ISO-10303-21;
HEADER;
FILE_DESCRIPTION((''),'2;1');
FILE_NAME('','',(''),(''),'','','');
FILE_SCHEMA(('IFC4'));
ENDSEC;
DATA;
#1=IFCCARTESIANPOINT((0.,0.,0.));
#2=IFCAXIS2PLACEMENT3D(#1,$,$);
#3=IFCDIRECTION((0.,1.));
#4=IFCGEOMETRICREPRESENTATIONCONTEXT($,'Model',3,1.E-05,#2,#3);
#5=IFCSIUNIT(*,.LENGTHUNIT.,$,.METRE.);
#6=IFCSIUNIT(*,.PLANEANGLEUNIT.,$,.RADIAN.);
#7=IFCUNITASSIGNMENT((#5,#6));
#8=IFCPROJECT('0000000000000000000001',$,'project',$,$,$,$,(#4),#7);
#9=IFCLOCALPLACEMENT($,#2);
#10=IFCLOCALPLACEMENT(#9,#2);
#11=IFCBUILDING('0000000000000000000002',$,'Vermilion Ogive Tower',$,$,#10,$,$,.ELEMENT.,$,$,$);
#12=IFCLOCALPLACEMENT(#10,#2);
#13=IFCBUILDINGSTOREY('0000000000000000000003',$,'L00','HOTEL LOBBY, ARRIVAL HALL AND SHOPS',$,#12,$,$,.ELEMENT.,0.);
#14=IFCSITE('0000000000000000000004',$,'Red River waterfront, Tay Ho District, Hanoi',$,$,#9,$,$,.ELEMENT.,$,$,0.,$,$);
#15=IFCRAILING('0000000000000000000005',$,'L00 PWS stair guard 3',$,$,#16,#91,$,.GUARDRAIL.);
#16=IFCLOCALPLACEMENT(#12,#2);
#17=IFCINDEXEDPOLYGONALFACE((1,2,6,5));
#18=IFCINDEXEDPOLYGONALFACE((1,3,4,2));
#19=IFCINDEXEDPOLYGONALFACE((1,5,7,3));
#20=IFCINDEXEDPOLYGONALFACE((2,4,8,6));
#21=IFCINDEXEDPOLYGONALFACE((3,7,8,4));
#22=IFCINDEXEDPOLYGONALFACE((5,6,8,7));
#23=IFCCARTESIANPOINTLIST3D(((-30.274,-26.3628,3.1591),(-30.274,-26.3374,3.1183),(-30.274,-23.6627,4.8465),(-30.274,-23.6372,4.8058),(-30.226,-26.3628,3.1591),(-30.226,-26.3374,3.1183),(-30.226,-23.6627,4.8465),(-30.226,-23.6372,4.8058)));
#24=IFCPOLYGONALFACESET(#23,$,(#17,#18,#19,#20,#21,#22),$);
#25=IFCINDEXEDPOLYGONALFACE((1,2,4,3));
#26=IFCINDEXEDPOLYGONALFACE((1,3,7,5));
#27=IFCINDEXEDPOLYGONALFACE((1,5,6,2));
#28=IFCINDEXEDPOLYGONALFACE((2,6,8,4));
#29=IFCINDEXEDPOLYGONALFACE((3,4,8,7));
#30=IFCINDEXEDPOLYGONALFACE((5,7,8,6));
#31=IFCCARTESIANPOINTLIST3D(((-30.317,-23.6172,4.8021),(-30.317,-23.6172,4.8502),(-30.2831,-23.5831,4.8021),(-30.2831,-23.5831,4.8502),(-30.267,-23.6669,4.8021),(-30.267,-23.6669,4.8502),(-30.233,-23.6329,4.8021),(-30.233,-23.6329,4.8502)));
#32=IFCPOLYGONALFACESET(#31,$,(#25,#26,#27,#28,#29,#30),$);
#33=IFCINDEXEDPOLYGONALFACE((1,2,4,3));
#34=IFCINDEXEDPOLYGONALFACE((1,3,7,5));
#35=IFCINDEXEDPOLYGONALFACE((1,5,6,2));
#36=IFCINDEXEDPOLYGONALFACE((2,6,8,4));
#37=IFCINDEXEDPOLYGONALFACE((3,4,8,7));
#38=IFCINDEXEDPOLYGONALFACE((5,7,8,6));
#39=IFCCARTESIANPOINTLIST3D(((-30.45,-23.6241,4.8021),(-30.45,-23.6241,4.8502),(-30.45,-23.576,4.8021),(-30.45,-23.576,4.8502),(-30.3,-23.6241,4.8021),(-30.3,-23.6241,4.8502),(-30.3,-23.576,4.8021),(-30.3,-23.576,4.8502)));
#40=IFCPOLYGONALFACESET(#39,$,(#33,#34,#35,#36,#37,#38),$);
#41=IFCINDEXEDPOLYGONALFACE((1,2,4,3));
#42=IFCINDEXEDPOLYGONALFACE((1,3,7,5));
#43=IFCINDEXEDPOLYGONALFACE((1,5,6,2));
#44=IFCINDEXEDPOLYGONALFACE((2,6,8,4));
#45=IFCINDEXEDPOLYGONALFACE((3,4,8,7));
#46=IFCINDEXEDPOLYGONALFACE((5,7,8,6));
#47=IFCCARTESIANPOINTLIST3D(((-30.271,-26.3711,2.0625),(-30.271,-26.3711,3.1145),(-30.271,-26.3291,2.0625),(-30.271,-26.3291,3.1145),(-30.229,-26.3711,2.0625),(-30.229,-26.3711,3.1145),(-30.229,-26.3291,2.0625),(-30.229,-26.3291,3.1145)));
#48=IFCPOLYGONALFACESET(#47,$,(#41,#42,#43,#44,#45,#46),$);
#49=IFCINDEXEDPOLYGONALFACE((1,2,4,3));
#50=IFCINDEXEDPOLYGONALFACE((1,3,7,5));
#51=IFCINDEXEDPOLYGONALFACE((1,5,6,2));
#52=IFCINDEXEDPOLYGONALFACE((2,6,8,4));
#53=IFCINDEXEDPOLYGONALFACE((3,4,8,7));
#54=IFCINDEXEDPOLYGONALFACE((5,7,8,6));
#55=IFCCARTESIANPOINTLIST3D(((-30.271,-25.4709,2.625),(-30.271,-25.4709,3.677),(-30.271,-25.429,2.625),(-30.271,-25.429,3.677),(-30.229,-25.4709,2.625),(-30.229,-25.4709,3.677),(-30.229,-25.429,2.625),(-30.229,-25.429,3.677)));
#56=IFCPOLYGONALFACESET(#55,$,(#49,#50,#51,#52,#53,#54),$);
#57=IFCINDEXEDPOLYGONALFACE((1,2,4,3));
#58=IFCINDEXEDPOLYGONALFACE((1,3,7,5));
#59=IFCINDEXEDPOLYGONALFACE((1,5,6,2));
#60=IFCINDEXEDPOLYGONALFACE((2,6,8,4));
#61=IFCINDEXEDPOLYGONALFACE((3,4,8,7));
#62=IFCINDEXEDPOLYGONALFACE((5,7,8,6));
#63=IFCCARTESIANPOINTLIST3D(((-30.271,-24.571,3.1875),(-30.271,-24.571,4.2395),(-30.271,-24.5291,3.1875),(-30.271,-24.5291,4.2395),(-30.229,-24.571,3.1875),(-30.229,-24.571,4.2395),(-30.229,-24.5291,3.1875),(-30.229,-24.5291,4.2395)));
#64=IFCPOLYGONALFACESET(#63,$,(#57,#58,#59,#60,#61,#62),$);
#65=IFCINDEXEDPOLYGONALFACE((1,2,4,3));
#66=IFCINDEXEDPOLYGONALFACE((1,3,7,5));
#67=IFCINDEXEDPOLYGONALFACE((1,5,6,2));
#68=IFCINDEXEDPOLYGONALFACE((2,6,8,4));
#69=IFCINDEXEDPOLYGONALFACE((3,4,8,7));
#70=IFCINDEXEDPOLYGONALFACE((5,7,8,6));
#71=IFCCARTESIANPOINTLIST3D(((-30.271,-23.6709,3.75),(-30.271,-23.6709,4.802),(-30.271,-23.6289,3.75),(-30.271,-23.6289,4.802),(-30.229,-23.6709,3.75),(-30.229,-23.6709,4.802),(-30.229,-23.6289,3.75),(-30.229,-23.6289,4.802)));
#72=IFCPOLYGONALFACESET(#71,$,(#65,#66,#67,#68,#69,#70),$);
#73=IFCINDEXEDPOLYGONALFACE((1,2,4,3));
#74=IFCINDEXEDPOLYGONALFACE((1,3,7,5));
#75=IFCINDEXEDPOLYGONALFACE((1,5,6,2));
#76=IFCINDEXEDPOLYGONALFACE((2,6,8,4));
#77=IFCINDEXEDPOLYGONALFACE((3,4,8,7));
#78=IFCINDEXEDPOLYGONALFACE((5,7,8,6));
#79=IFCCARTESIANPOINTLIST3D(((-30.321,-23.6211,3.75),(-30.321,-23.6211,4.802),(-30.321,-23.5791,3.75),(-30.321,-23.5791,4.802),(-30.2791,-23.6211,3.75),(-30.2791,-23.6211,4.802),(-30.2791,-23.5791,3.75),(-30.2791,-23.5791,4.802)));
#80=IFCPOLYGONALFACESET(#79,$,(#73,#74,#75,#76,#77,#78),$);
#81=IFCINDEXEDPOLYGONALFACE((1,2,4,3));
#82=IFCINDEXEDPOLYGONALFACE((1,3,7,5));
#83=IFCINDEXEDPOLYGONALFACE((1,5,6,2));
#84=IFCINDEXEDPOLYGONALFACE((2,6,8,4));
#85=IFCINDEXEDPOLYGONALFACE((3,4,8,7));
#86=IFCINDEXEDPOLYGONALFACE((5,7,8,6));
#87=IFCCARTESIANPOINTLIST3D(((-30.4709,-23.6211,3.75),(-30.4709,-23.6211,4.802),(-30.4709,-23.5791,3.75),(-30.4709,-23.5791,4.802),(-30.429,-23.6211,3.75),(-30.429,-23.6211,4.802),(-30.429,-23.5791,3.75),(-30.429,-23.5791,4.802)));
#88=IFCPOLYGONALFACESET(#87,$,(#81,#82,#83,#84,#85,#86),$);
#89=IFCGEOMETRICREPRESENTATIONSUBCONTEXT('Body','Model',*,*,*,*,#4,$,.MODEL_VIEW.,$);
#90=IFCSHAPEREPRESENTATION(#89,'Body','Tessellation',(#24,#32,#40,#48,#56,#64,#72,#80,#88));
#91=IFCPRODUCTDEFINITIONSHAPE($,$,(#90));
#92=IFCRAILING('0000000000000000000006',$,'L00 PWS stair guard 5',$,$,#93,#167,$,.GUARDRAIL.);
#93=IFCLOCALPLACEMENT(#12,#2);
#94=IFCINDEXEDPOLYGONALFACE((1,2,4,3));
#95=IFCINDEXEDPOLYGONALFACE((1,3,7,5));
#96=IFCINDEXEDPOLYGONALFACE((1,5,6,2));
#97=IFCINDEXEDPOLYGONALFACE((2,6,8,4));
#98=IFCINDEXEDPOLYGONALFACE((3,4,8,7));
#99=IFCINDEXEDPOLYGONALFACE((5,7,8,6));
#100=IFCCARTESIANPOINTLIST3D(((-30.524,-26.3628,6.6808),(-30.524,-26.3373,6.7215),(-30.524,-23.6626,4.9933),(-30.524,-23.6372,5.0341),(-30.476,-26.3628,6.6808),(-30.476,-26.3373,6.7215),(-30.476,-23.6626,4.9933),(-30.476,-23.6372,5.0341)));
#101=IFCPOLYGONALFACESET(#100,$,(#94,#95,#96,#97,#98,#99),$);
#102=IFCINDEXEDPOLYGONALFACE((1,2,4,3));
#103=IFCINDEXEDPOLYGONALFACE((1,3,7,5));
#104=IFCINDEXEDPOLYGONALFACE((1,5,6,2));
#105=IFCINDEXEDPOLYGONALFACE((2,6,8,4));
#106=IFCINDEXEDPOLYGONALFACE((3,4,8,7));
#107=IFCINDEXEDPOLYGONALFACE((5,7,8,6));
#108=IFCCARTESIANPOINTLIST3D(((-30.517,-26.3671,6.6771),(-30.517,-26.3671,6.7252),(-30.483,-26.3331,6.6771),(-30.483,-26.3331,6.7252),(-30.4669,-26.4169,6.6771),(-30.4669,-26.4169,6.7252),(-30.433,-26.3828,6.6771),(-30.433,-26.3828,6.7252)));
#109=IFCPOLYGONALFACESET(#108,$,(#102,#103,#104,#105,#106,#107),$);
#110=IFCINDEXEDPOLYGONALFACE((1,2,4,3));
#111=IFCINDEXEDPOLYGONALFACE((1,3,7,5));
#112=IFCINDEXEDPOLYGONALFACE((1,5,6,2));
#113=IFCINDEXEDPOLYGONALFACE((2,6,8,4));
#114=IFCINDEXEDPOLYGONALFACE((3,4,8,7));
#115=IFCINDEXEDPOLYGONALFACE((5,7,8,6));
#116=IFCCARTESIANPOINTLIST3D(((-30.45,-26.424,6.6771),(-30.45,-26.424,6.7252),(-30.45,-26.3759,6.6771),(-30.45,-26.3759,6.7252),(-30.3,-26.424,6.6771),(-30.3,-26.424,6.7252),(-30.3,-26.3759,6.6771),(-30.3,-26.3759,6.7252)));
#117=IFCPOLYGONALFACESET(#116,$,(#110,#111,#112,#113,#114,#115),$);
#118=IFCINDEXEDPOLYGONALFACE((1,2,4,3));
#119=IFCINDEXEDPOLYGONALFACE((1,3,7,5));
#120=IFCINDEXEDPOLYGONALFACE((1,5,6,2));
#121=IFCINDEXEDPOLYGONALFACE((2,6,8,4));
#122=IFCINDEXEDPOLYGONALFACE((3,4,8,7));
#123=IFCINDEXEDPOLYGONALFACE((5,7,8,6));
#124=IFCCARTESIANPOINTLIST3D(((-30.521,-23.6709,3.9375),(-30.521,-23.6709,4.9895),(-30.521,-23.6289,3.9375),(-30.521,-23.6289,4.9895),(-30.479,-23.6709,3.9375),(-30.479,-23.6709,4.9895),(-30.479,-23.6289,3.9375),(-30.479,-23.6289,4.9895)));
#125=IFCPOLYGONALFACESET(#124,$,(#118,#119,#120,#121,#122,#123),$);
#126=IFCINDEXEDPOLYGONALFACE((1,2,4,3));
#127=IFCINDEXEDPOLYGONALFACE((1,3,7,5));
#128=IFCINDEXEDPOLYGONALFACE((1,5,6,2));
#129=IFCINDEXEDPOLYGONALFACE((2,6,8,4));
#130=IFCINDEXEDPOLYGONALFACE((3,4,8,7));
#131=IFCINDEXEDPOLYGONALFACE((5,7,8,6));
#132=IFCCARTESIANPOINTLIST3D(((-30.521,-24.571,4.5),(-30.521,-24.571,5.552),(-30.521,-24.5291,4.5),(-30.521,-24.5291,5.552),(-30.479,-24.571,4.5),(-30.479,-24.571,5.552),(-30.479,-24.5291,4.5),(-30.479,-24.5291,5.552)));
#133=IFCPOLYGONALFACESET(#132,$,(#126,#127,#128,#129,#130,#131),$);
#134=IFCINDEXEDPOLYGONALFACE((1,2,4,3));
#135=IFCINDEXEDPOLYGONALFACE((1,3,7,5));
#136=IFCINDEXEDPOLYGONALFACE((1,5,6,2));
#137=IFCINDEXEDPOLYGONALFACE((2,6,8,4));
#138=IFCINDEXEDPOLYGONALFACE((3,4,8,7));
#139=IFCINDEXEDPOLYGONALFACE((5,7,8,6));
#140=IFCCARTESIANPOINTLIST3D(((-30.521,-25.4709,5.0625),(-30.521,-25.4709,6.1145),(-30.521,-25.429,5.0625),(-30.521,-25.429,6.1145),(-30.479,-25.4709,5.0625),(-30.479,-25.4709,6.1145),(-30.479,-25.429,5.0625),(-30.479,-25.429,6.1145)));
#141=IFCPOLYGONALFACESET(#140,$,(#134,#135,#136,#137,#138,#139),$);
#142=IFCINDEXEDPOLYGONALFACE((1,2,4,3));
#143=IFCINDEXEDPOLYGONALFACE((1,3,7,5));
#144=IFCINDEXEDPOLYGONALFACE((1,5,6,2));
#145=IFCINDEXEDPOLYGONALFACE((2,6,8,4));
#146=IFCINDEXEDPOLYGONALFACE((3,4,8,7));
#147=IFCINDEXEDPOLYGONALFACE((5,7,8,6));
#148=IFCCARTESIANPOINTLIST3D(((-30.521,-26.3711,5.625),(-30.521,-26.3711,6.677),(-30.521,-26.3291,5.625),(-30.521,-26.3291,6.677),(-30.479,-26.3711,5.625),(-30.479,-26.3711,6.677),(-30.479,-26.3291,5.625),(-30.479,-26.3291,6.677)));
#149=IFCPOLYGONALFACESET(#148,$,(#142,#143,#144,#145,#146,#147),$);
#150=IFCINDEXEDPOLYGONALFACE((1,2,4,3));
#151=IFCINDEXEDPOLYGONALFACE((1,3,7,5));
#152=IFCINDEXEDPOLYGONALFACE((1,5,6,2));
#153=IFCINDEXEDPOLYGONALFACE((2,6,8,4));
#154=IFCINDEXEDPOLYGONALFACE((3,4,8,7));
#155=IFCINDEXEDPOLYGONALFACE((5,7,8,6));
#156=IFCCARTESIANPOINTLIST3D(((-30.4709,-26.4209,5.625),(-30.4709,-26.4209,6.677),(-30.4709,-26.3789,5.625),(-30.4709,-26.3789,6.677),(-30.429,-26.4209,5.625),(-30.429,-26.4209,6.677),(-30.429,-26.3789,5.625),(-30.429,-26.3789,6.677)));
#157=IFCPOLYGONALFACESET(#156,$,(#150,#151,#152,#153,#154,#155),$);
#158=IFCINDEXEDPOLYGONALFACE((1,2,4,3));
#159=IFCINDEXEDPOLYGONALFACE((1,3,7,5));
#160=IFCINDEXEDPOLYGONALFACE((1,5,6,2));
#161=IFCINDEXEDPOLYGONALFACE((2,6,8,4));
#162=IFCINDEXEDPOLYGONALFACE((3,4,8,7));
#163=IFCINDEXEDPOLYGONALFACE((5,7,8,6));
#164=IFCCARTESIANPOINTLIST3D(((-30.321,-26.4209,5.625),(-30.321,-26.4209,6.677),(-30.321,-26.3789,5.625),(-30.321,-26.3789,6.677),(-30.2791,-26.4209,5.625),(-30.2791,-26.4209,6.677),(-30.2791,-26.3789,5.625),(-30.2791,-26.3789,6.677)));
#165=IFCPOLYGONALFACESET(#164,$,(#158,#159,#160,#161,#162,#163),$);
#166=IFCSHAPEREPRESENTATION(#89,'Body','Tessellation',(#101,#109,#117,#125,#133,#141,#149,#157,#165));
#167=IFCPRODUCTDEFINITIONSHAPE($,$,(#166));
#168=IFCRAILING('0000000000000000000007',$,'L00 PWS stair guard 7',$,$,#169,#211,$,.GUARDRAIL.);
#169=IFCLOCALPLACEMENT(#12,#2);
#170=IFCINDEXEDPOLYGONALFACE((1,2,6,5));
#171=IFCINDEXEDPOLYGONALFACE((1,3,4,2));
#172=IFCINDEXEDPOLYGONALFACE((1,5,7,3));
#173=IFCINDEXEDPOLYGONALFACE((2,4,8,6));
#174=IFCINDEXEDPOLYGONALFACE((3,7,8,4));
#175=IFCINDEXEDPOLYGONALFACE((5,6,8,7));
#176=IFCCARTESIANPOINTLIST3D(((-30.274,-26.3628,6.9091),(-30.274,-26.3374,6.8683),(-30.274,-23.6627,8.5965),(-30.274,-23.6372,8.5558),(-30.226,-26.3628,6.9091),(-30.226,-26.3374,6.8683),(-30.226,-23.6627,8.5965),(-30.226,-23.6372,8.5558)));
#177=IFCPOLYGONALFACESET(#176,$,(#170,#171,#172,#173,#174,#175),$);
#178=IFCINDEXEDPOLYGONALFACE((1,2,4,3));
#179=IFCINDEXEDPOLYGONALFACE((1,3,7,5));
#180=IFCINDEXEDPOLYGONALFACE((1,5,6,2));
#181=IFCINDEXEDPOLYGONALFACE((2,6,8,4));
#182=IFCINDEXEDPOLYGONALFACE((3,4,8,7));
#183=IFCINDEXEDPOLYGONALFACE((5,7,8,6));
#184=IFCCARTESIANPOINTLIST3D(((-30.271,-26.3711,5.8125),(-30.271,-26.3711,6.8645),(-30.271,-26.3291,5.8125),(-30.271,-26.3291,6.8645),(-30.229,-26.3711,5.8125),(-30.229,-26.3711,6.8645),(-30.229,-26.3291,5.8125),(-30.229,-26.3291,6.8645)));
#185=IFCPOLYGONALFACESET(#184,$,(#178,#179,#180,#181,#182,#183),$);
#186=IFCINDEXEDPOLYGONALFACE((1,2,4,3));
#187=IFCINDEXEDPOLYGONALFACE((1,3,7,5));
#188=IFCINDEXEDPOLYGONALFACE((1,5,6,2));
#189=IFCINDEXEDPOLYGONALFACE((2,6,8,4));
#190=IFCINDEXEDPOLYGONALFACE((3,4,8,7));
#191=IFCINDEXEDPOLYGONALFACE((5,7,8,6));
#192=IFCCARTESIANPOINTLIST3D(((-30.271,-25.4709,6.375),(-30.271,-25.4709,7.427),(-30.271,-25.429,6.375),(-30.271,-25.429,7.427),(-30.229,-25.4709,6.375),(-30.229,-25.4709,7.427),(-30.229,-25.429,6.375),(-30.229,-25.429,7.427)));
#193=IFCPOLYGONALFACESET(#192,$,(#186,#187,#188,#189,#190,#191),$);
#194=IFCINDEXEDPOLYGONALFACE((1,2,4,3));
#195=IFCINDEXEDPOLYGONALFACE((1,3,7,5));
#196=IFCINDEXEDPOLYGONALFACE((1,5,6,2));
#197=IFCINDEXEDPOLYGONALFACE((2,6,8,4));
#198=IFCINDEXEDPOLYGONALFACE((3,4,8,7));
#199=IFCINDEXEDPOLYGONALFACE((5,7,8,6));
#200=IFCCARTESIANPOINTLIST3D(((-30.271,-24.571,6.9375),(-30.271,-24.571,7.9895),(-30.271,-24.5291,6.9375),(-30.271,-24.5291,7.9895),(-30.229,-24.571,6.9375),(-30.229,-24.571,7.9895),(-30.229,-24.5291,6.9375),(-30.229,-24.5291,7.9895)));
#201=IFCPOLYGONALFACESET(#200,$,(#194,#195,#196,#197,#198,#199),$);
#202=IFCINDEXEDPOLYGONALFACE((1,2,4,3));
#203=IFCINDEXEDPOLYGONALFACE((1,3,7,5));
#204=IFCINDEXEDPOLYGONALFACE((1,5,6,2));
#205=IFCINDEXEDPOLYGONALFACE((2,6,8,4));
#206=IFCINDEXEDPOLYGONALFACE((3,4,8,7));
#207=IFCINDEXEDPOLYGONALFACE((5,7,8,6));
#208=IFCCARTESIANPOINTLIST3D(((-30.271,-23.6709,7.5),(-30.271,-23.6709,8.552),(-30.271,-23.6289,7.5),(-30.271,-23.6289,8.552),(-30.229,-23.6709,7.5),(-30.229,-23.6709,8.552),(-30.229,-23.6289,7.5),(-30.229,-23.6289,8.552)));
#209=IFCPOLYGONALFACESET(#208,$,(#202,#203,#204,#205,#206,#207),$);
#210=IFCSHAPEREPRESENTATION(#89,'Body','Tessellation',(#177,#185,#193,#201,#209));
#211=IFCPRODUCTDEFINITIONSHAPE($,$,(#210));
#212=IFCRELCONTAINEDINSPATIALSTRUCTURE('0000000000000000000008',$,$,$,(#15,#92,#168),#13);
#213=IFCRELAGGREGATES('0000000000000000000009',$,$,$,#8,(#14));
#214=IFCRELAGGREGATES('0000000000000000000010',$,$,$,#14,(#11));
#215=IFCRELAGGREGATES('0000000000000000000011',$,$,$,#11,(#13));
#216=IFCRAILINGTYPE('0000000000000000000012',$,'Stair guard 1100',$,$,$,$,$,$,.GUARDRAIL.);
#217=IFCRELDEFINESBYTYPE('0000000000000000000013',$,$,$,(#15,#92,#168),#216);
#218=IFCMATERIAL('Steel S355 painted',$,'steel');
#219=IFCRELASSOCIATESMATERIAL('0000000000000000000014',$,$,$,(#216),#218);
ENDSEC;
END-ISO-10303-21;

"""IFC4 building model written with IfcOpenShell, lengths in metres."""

from ifc_helpers import new_model, si_unit, direction, frame, origin, origin_2d, place, context, subcontext, project, spatial, rectangle, extrude, material, type_object, element, save


model = new_model("IFC4")

# Units and contexts
model_context = context("Model", 3, precision=1e-05, world=origin(), true_north=direction((0.0, 1.0)))
body_context = subcontext(model_context, "Body", "Model", "MODEL_VIEW")
ifc_project = project(units=[si_unit("LENGTHUNIT", "METRE"), si_unit("PLANEANGLEUNIT", "RADIAN")], contexts=[model_context])

# Site, building, storey
site_placement = place(None, origin())
site = spatial("IfcSite", under=ifc_project, at=site_placement, Name="Red River waterfront, Tay Ho District, Hanoi", CompositionType="ELEMENT", RefElevation=0.0)
building_placement = place(site_placement, origin())
building = spatial("IfcBuilding", under=site, at=building_placement, Name="Vermilion Ogive Tower", CompositionType="ELEMENT")
storey_placement = place(building_placement, origin())
storey = spatial("IfcBuildingStorey", under=building, at=storey_placement, Name="L00", Description="HOTEL LOBBY, ARRIVAL HALL AND SHOPS", CompositionType="ELEMENT", Elevation=0.0)

# Railings
ifc_material_1 = material(Name="Steel S355 painted", Category="steel")
railing_type_1 = type_object("IfcRailingType", Name="Stair guard 1100", PredefinedType="GUARDRAIL", material=ifc_material_1)
railing_1_placement = place(storey_placement, frame((-30.25, -26.3501, 2.0625)))
element("IfcRailing", 1, at=railing_1_placement, inside=storey, type_object=railing_type_1, Name="L00 PWS stair guard 3", PredefinedType="GUARDRAIL", context=body_context, shape_type="SweptSolid", body=[
    extrude(rectangle(XDim=0.0481, YDim=0.0481, at=origin_2d()), frame((0.0, 0.0, 1.0762), z_axis=(0.0, 0.848016, 0.529971), x_axis=(-1.0, 0.0, 0.0)), (0.0, 0.0, 1.0), 3.1841),
    extrude(rectangle(XDim=0.0481, YDim=0.0481, at=origin_2d()), frame((0.0, 2.7002, 2.7637), z_axis=(-0.708834, 0.705376, 0.0), x_axis=(-0.705376, -0.708834, 0.0)), (0.0, 0.0, 1.0), 0.0706),
    extrude(rectangle(XDim=0.0481, YDim=0.0481, at=origin_2d()), frame((-0.05, 2.75, 2.7637), z_axis=(-1.0, 0.0, 0.0), x_axis=(0.0, -1.0, 0.0)), (0.0, 0.0, 1.0), 0.1499),
    extrude(rectangle(XDim=0.042, YDim=0.042, at=origin_2d()), origin(), (0.0, 0.0, 1.0), 1.052),
    extrude(rectangle(XDim=0.042, YDim=0.042, at=origin_2d()), frame((0.0, 0.9001, 0.5625)), (0.0, 0.0, 1.0), 1.052),
    extrude(rectangle(XDim=0.042, YDim=0.042, at=origin_2d()), frame((0.0, 1.8, 1.125)), (0.0, 0.0, 1.0), 1.052),
    extrude(rectangle(XDim=0.042, YDim=0.042, at=origin_2d()), frame((0.0, 2.7002, 1.6875)), (0.0, 0.0, 1.0), 1.052),
    extrude(rectangle(XDim=0.042, YDim=0.042, at=origin_2d()), frame((-0.05, 2.75, 1.6875)), (0.0, 0.0, 1.0), 1.052),
    extrude(rectangle(XDim=0.042, YDim=0.042, at=origin_2d()), frame((-0.2, 2.75, 1.6875)), (0.0, 0.0, 1.0), 1.052),
])
railing_2_placement = place(storey_placement, frame((-30.5, -23.6499, 3.9375)))
element("IfcRailing", 2, at=railing_2_placement, inside=storey, type_object=railing_type_1, Name="L00 PWS stair guard 5", PredefinedType="GUARDRAIL", context=body_context, shape_type="SweptSolid", body=[
    extrude(rectangle(XDim=0.0481, YDim=0.0481, at=origin_2d()), frame((0.0, 0.0, 1.0762), z_axis=(0.0, -0.848016, 0.529971), x_axis=(1.0, 0.0, 0.0)), (0.0, 0.0, 1.0), 3.1841),
    extrude(rectangle(XDim=0.0481, YDim=0.0481, at=origin_2d()), frame((0.0, -2.7002, 2.7637), z_axis=(0.708834, -0.705376, 0.0), x_axis=(0.705376, 0.708834, 0.0)), (0.0, 0.0, 1.0), 0.0706),
    extrude(rectangle(XDim=0.0481, YDim=0.0481, at=origin_2d()), frame((0.05, -2.75, 2.7637), z_axis=(1.0, 0.0, 0.0), x_axis=(0.0, 1.0, 0.0)), (0.0, 0.0, 1.0), 0.1499),
    extrude(rectangle(XDim=0.042, YDim=0.042, at=origin_2d()), origin(), (0.0, 0.0, 1.0), 1.052),
    extrude(rectangle(XDim=0.042, YDim=0.042, at=origin_2d()), frame((0.0, -0.9001, 0.5625)), (0.0, 0.0, 1.0), 1.052),
    extrude(rectangle(XDim=0.042, YDim=0.042, at=origin_2d()), frame((0.0, -1.8, 1.125)), (0.0, 0.0, 1.0), 1.052),
    extrude(rectangle(XDim=0.042, YDim=0.042, at=origin_2d()), frame((0.0, -2.7002, 1.6875)), (0.0, 0.0, 1.0), 1.052),
    extrude(rectangle(XDim=0.042, YDim=0.042, at=origin_2d()), frame((0.05, -2.75, 1.6875)), (0.0, 0.0, 1.0), 1.052),
    extrude(rectangle(XDim=0.042, YDim=0.042, at=origin_2d()), frame((0.2, -2.75, 1.6875)), (0.0, 0.0, 1.0), 1.052),
])
railing_3_placement = place(storey_placement, frame((-30.25, -26.3501, 5.8125)))
element("IfcRailing", 3, at=railing_3_placement, inside=storey, type_object=railing_type_1, Name="L00 PWS stair guard 7", PredefinedType="GUARDRAIL", context=body_context, shape_type="SweptSolid", body=[
    extrude(rectangle(XDim=0.0481, YDim=0.0481, at=origin_2d()), frame((0.0, 0.0, 1.0762), z_axis=(0.0, 0.848016, 0.529971), x_axis=(-1.0, 0.0, 0.0)), (0.0, 0.0, 1.0), 3.1841),
    extrude(rectangle(XDim=0.042, YDim=0.042, at=origin_2d()), origin(), (0.0, 0.0, 1.0), 1.052),
    extrude(rectangle(XDim=0.042, YDim=0.042, at=origin_2d()), frame((0.0, 0.9001, 0.5625)), (0.0, 0.0, 1.0), 1.052),
    extrude(rectangle(XDim=0.042, YDim=0.042, at=origin_2d()), frame((0.0, 1.8, 1.125)), (0.0, 0.0, 1.0), 1.052),
    extrude(rectangle(XDim=0.042, YDim=0.042, at=origin_2d()), frame((0.0, 2.7002, 1.6875)), (0.0, 0.0, 1.0), 1.052),
])

save(model, "model.ifc")
